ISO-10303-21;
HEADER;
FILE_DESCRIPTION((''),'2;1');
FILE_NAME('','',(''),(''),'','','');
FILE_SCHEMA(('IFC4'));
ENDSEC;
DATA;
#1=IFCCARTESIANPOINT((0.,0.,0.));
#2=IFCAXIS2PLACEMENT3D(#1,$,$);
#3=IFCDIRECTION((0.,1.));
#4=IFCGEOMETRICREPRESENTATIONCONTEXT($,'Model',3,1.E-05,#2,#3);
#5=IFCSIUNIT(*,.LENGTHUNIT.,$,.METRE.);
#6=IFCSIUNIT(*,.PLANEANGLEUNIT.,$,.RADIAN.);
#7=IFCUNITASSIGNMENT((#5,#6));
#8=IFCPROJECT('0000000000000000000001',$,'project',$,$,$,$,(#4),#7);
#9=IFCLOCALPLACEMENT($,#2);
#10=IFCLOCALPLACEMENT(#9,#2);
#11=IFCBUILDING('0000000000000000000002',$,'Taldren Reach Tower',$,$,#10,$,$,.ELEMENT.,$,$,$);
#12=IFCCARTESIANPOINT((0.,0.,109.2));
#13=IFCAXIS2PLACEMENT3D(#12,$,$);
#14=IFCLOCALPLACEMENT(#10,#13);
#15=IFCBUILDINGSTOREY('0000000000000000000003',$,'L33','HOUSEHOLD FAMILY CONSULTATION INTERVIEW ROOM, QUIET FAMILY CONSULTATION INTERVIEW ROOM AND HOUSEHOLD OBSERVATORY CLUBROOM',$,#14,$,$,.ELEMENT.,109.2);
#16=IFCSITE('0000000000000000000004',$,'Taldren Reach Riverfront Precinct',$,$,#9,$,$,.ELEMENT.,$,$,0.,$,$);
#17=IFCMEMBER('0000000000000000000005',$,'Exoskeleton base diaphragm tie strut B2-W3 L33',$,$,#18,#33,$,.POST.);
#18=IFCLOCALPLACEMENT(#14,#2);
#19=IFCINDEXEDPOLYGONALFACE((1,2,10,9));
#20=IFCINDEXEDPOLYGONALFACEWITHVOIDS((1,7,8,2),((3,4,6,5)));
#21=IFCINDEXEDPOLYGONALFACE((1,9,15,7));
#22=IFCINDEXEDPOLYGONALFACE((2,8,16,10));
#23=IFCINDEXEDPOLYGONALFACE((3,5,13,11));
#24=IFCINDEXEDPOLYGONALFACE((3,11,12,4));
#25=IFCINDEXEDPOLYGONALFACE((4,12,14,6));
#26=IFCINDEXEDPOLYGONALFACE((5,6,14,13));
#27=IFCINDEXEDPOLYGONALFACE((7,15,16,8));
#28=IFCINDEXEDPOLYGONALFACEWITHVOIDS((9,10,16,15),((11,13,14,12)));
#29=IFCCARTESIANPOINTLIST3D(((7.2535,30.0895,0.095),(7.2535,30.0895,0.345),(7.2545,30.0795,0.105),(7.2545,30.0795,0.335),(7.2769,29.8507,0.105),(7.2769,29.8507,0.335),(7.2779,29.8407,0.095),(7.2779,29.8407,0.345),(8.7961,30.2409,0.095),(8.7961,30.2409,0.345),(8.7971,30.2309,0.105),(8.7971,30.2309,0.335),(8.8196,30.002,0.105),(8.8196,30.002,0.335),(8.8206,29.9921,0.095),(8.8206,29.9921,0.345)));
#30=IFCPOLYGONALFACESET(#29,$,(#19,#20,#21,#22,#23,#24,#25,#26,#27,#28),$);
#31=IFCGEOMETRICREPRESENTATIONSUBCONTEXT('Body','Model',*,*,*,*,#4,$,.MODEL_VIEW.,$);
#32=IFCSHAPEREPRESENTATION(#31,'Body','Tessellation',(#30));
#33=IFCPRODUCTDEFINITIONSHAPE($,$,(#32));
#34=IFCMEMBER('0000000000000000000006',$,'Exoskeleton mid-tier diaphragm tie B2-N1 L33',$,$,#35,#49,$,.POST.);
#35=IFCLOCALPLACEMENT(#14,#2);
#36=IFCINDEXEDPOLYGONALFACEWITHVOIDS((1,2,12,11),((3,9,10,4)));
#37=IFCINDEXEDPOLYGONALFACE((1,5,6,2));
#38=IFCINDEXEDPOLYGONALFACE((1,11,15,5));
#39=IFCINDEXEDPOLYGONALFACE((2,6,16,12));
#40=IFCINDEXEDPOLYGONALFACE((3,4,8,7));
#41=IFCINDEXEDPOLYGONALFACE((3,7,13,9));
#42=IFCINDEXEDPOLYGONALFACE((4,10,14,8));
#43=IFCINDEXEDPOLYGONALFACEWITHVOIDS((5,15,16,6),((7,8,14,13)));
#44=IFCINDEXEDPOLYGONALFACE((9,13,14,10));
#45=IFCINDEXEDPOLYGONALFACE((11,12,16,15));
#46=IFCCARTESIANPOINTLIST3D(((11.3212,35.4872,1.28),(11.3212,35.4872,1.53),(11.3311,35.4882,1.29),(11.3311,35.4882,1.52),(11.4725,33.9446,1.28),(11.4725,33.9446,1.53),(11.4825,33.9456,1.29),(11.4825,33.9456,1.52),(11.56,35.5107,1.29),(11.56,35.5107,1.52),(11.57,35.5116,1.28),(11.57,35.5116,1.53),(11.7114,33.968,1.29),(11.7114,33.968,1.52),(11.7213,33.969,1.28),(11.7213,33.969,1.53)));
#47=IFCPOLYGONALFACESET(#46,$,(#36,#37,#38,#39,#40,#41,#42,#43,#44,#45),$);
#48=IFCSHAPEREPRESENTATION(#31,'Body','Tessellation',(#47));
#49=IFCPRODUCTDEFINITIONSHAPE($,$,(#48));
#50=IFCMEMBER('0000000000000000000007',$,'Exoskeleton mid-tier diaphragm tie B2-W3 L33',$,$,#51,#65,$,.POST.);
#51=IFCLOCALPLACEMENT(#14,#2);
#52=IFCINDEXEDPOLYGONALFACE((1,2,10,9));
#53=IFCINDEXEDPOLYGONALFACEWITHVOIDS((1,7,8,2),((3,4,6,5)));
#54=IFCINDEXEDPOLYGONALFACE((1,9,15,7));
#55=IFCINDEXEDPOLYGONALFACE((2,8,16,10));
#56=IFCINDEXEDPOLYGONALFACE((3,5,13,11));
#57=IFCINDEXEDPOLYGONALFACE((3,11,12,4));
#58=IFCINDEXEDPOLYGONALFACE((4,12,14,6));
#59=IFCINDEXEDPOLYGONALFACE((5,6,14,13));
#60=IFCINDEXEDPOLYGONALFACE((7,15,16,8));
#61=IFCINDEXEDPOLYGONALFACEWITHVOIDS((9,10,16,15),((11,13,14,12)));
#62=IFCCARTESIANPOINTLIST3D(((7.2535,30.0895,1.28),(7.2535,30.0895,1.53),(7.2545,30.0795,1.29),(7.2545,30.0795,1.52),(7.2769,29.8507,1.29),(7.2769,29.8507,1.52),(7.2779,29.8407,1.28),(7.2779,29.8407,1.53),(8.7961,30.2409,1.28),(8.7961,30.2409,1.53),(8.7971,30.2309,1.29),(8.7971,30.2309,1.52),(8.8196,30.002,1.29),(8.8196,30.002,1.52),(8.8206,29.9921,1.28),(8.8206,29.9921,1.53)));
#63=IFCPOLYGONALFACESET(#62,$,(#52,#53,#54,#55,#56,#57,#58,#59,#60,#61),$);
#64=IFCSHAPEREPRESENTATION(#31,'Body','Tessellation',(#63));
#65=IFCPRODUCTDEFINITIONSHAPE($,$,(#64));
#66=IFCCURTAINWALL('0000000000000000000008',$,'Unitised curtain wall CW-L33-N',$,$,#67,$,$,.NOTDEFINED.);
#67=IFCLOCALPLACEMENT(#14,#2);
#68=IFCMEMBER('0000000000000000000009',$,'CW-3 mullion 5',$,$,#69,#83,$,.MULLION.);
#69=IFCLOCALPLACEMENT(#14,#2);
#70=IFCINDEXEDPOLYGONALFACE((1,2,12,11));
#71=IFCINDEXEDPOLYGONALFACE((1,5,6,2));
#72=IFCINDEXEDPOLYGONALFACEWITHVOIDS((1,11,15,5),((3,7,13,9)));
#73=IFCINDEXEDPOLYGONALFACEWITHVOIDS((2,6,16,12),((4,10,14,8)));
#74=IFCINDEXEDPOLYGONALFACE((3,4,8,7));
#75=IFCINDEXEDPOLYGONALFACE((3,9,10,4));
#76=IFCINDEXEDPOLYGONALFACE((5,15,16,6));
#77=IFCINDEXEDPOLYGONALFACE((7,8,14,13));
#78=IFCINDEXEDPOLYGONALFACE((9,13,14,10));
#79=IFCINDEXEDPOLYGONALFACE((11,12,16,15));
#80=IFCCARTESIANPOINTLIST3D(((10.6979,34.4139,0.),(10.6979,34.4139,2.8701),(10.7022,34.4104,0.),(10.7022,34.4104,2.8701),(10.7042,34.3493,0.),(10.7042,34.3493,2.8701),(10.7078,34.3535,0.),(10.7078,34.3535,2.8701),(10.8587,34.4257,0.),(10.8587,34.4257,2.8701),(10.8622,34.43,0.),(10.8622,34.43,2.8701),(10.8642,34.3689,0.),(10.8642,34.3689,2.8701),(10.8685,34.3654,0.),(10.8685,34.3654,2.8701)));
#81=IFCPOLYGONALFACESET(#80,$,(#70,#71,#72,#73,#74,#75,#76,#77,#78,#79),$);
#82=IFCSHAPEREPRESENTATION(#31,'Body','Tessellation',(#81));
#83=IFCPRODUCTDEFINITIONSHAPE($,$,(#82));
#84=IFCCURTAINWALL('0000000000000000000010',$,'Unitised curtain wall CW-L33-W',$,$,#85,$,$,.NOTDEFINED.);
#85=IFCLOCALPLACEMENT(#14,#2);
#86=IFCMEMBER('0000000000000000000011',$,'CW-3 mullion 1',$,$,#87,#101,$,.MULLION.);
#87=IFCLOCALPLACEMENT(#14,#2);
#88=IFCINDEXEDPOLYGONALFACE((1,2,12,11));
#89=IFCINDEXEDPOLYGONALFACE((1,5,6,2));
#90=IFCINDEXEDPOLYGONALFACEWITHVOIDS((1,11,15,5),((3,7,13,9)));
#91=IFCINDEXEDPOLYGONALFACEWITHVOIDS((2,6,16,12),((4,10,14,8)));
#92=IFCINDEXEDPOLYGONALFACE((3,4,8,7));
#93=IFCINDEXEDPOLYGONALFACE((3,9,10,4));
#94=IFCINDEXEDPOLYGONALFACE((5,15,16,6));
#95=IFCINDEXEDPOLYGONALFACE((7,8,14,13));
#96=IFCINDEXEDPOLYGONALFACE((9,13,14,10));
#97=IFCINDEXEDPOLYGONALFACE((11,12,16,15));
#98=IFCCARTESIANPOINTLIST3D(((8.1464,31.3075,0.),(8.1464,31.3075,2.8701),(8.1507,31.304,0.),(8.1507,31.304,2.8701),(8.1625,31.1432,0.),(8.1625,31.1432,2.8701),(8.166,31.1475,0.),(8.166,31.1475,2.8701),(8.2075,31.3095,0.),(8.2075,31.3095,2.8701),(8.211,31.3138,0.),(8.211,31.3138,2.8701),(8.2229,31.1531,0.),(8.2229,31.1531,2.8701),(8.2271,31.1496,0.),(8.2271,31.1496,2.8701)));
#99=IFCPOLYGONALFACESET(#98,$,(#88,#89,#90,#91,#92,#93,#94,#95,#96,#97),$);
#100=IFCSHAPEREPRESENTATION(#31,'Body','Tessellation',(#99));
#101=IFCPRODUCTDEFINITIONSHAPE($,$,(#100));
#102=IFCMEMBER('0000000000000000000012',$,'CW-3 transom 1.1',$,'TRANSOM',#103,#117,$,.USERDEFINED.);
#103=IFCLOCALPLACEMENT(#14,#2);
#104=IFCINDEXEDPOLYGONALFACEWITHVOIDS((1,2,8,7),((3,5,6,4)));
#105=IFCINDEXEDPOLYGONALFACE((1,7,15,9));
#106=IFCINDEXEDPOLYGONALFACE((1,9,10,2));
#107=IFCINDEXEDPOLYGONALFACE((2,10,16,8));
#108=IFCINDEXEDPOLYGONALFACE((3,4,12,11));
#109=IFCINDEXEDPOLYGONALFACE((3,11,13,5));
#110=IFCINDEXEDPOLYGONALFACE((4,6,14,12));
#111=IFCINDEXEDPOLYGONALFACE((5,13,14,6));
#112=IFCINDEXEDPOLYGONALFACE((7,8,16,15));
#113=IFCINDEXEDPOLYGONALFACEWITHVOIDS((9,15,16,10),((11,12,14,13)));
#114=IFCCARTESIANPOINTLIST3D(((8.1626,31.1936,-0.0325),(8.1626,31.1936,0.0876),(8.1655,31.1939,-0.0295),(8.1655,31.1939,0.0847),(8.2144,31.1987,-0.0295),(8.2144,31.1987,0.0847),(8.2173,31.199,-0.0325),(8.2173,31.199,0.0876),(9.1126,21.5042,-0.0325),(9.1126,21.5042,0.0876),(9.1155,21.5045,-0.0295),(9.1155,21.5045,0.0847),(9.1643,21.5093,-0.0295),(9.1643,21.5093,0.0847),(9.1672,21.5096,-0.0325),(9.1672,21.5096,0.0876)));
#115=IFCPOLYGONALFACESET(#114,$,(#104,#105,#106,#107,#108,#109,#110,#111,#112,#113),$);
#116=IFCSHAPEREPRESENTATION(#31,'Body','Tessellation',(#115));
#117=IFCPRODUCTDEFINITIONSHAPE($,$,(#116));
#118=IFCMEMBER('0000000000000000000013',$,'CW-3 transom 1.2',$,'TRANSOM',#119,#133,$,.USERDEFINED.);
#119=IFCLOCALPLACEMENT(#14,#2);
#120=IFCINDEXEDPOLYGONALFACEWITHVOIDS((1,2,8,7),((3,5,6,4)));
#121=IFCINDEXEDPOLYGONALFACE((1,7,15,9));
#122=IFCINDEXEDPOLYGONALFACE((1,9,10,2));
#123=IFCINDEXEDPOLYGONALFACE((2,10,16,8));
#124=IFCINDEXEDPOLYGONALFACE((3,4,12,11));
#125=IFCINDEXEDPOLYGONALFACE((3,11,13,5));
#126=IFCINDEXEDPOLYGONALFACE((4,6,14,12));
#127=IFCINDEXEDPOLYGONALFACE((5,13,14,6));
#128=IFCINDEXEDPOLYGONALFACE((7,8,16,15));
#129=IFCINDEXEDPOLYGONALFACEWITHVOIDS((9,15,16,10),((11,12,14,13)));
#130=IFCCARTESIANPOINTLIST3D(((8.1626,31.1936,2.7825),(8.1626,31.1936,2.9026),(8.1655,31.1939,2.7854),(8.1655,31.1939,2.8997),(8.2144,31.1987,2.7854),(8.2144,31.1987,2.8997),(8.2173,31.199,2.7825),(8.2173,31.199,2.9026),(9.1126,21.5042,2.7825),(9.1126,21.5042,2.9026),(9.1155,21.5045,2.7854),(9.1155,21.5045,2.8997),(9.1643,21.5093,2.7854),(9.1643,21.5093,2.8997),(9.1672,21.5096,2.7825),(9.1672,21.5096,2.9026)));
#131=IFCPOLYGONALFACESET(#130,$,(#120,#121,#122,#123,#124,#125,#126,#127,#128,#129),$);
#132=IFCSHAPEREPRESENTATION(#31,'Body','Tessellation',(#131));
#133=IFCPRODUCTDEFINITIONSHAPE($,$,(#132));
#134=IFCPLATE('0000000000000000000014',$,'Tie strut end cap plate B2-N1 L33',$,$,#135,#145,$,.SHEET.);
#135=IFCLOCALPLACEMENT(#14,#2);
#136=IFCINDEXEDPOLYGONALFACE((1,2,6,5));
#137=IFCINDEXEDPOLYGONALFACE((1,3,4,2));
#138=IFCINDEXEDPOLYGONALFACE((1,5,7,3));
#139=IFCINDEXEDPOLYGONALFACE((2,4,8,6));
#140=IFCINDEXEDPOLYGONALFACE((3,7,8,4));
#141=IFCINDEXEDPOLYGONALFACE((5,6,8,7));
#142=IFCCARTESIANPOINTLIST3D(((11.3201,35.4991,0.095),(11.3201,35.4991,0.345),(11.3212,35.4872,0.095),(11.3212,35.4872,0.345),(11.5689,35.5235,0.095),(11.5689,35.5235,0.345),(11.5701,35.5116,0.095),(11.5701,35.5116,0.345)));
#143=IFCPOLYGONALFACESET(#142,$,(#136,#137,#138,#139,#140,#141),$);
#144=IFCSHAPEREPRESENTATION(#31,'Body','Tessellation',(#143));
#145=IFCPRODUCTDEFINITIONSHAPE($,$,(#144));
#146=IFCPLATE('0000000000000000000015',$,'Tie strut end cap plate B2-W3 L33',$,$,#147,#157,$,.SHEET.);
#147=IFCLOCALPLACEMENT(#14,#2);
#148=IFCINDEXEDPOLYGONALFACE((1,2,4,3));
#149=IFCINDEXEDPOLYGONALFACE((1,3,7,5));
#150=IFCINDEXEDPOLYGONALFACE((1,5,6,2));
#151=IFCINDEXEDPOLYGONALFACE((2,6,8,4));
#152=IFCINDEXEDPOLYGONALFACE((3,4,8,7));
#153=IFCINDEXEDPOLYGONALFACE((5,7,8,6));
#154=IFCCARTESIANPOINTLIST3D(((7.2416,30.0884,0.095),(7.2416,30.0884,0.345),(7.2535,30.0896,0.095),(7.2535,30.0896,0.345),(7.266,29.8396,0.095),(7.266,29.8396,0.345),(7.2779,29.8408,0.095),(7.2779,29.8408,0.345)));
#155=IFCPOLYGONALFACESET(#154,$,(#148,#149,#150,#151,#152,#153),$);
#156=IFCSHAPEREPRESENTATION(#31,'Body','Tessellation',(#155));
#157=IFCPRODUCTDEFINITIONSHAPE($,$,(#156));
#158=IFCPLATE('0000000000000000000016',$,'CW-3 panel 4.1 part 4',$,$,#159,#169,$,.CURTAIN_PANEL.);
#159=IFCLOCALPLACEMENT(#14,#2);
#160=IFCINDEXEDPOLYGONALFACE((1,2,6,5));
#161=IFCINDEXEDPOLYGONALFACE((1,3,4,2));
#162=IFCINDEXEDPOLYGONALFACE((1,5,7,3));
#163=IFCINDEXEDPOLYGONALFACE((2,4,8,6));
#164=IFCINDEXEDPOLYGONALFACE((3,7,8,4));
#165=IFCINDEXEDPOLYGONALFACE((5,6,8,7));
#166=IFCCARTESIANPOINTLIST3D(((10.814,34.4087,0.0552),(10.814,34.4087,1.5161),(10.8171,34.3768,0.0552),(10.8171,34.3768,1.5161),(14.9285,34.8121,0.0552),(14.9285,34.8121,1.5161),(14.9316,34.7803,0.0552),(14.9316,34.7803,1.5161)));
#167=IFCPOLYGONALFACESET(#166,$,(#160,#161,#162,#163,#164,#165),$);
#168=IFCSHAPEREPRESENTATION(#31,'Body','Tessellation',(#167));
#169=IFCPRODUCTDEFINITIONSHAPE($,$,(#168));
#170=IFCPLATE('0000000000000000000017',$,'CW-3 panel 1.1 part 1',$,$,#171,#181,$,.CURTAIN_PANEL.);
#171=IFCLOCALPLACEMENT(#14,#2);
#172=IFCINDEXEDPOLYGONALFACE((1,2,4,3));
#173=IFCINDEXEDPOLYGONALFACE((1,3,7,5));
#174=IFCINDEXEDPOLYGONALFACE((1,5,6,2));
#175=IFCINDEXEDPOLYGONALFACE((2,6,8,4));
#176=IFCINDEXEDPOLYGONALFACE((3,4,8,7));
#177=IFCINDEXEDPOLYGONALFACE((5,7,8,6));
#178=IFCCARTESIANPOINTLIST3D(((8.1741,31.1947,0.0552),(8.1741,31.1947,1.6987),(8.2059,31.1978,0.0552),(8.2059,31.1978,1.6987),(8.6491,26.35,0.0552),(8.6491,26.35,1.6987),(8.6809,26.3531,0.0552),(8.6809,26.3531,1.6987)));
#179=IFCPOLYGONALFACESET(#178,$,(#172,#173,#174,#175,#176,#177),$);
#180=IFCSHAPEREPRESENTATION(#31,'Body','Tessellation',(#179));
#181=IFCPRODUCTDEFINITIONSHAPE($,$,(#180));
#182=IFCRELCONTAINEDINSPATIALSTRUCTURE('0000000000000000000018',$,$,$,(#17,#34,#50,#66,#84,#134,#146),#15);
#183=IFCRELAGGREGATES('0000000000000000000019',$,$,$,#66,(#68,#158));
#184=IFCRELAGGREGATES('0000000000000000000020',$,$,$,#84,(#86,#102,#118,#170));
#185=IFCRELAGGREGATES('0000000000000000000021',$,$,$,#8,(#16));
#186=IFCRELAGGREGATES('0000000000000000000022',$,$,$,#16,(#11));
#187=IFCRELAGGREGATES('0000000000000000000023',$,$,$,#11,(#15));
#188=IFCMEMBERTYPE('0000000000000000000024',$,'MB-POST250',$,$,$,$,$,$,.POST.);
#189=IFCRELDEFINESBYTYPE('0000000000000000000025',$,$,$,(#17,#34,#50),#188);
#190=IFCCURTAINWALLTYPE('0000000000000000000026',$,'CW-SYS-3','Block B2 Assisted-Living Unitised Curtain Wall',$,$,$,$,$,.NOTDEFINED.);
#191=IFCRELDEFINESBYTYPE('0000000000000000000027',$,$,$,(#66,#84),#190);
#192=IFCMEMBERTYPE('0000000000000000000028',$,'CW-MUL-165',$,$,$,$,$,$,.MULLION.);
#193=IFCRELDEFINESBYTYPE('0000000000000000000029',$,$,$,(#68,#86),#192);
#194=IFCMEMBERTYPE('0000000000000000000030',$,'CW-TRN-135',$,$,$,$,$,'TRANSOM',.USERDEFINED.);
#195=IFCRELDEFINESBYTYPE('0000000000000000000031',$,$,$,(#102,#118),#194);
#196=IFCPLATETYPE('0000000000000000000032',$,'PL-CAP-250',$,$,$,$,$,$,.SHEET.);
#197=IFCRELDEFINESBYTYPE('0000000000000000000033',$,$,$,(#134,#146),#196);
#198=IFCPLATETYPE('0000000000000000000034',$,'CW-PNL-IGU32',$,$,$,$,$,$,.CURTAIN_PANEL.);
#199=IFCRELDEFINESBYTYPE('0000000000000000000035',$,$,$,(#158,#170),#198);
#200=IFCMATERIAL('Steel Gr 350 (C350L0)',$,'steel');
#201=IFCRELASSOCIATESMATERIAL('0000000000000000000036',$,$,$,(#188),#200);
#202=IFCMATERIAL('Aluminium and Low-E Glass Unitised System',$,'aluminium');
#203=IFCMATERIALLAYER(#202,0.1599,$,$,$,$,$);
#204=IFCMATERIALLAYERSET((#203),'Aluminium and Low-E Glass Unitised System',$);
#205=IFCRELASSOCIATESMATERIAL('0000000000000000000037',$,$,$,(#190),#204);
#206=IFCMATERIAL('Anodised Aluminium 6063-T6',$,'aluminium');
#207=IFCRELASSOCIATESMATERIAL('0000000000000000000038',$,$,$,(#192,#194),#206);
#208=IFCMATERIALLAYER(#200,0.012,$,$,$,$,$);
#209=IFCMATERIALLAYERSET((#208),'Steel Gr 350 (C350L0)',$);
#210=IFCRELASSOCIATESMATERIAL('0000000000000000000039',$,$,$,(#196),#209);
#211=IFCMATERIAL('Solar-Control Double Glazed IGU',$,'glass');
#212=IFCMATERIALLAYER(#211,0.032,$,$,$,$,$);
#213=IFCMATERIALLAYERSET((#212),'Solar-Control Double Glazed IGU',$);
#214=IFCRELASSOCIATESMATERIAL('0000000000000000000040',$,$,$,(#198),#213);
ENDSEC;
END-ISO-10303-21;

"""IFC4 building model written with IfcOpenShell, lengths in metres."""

from ifc_helpers import new_model, si_unit, direction, frame, origin, origin_2d, place, context, subcontext, project, spatial, rectangle, hollow_rectangle, extrude, source, transform, mapped, material, layer, layer_set, material_profile, profile_set, type_object, element, aggregate, save


model = new_model("IFC4")

# Units and contexts
model_context = context("Model", 3, precision=1e-05, world=origin(), true_north=direction((0.0, 1.0)))
body_context = subcontext(model_context, "Body", "Model", "MODEL_VIEW")
ifc_project = project(units=[si_unit("LENGTHUNIT", "METRE"), si_unit("PLANEANGLEUNIT", "RADIAN")], contexts=[model_context])

# Site, building, storey
site_placement = place(None, origin())
site = spatial("IfcSite", under=ifc_project, at=site_placement, Name="Taldren Reach Riverfront Precinct", CompositionType="ELEMENT", RefElevation=0.0)
building_placement = place(site_placement, origin())
building = spatial("IfcBuilding", under=site, at=building_placement, Name="Taldren Reach Tower", CompositionType="ELEMENT")
storey_placement = place(building_placement, frame((0.0, 0.0, 109.2)))
storey = spatial("IfcBuildingStorey", under=building, at=storey_placement, Name="L33", Description="HOUSEHOLD FAMILY CONSULTATION INTERVIEW ROOM, QUIET FAMILY CONSULTATION INTERVIEW ROOM AND HOUSEHOLD OBSERVATORY CLUBROOM", CompositionType="ELEMENT", Elevation=109.2)

# Members
ifc_material_1 = material(Name="Steel Gr 350 (C350L0)", Category="steel")
ifc_material_profile_1 = material_profile(ifc_material_1, hollow_rectangle(XDim=0.25, YDim=0.25, WallThickness=0.01, at=origin_2d()), Name="250x250x10.0SHS")
ifc_profile_set_1 = profile_set([ifc_material_profile_1], Name="Steel Gr 350 (C350L0)")
member_type_1 = type_object("IfcMemberType", Name="MB-POST250", PredefinedType="POST", material=ifc_profile_set_1)
shared_shape_1 = source(origin(), body_context, "Body", "SweptSolid", [
    extrude(hollow_rectangle(XDim=0.25, YDim=0.25, WallThickness=0.01, at=origin_2d()), origin(), (0.0, 0.0, 1.0), 1.55),
])
for number, where, z_axis, x_axis, name in (
    (1, (8.8083, 30.1165, 0.22), (-0.995221, -0.097648, 0.0), (0.097648, -0.995221, 0.0), "Exoskeleton base diaphragm tie strut B2-W3 L33"),
    (2, (11.5969, 33.9568, 1.405), (-0.097648, 0.995221, 0.0), (-0.995221, -0.097648, 0.0), "Exoskeleton mid-tier diaphragm tie B2-N1 L33"),
    (3, (8.8083, 30.1165, 1.405), (-0.995221, -0.097648, 0.0), (0.097648, -0.995221, 0.0), "Exoskeleton mid-tier diaphragm tie B2-W3 L33"),
):
    element("IfcMember", number, at=place(storey_placement, frame(where, z_axis=z_axis, x_axis=x_axis)), inside=storey, type_object=member_type_1, Name=name, PredefinedType="POST", context=body_context, shape_type="MappedRepresentation", body=[
        mapped(shared_shape_1, transform((0.0, 0.0, 0.0), scale=1.0)),
    ])

# Curtain wall, member
ifc_material_2 = material(Name="Aluminium and Low-E Glass Unitised System", Category="aluminium")
ifc_layer_1 = layer(ifc_material_2, 0.1599)
ifc_layer_set_1 = layer_set([ifc_layer_1], Name="Aluminium and Low-E Glass Unitised System")
curtain_wall_type = type_object("IfcCurtainWallType", Name="CW-SYS-3", Description="Block B2 Assisted-Living Unitised Curtain Wall", PredefinedType="NOTDEFINED", material=ifc_layer_set_1)
curtain_wall_1_placement = place(storey_placement, origin())
curtain_wall_1 = element("IfcCurtainWall", 4, at=curtain_wall_1_placement, inside=storey, type_object=curtain_wall_type, Name="Unitised curtain wall CW-L33-N", PredefinedType="NOTDEFINED")
ifc_material_3 = material(Name="Anodised Aluminium 6063-T6", Category="aluminium")
ifc_material_profile_2 = material_profile(ifc_material_3, hollow_rectangle(XDim=0.0649, YDim=0.165, WallThickness=0.0039, at=origin_2d()), Name="ALU-165x65x4RHS")
ifc_profile_set_2 = profile_set([ifc_material_profile_2], Name="Anodised Aluminium 6063-T6")
member_type_2 = type_object("IfcMemberType", Name="CW-MUL-165", PredefinedType="MULLION", material=ifc_profile_set_2)
shared_shape_2 = source(origin(), body_context, "Body", "SweptSolid", [
    extrude(hollow_rectangle(XDim=0.0649, YDim=0.165, WallThickness=0.0039, at=origin_2d()), origin(), (0.0, 0.0, 1.0), 2.8701),
])
member_1_placement = place(storey_placement, frame((10.7832, 34.3896, 0.0), z_axis=(0.0, 0.0, 1.0), x_axis=(0.097583, -0.995227, 0.0)))
member_1 = element("IfcMember", 5, at=member_1_placement, type_object=member_type_2, Name="CW-3 mullion 5", PredefinedType="MULLION", context=body_context, shape_type="MappedRepresentation", body=[
    mapped(shared_shape_2, transform((0.0, 0.0, 0.0), scale=1.0)),
])

# Curtain wall, members
curtain_wall_2_placement = place(storey_placement, origin())
curtain_wall_2 = element("IfcCurtainWall", 6, at=curtain_wall_2_placement, inside=storey, type_object=curtain_wall_type, Name="Unitised curtain wall CW-L33-W", PredefinedType="NOTDEFINED")
member_2_placement = place(storey_placement, frame((8.1868, 31.2285, 0.0), z_axis=(0.0, 0.0, 1.0), x_axis=(0.995227, 0.097583, 0.0)))
member_2 = element("IfcMember", 7, at=member_2_placement, type_object=member_type_2, Name="CW-3 mullion 1", PredefinedType="MULLION", context=body_context, shape_type="MappedRepresentation", body=[
    mapped(shared_shape_2, transform((0.0, 0.0, 0.0), scale=1.0)),
])
ifc_material_profile_3 = material_profile(ifc_material_3, hollow_rectangle(XDim=0.0549, YDim=0.1201, WallThickness=0.0029, at=origin_2d()), Name="ALU-120x55x3RHS")
ifc_profile_set_3 = profile_set([ifc_material_profile_3], Name="Anodised Aluminium 6063-T6")
member_type_3 = type_object("IfcMemberType", Name="CW-TRN-135", ElementType="TRANSOM", PredefinedType="USERDEFINED", material=ifc_profile_set_3)
shared_shape_3 = source(origin(), body_context, "Body", "SweptSolid", [
    extrude(hollow_rectangle(XDim=0.0549, YDim=0.1201, WallThickness=0.0029, at=origin_2d()), origin(), (0.0, 0.0, 1.0), 9.7358),
])
member_3_placement = place(storey_placement, frame((8.1899, 31.1963, 0.0276), z_axis=(0.097572, -0.995228, 0.0), x_axis=(0.995228, 0.097572, 0.0)))
member_3 = element("IfcMember", 8, at=member_3_placement, type_object=member_type_3, Name="CW-3 transom 1.1", ObjectType="TRANSOM", PredefinedType="USERDEFINED", context=body_context, shape_type="MappedRepresentation", body=[
    mapped(shared_shape_3, transform((0.0, 0.0, 0.0), scale=1.0)),
])
member_4_placement = place(storey_placement, frame((8.1899, 31.1963, 2.8425), z_axis=(0.097572, -0.995228, 0.0), x_axis=(0.995228, 0.097572, 0.0)))
member_4 = element("IfcMember", 9, at=member_4_placement, type_object=member_type_3, Name="CW-3 transom 1.2", ObjectType="TRANSOM", PredefinedType="USERDEFINED", context=body_context, shape_type="MappedRepresentation", body=[
    mapped(shared_shape_3, transform((0.0, 0.0, 0.0), scale=1.0)),
])

# Plates
ifc_layer_2 = layer(ifc_material_1, 0.012)
ifc_layer_set_2 = layer_set([ifc_layer_2], Name="Steel Gr 350 (C350L0)")
plate_type_1 = type_object("IfcPlateType", Name="PL-CAP-250", PredefinedType="SHEET", material=ifc_layer_set_2)
shared_shape_4 = source(origin(), body_context, "Body", "SweptSolid", [
    extrude(rectangle(XDim=0.25, YDim=0.012, at=origin_2d()), origin(), (0.0, 0.0, 1.0), 0.25),
])
plate_1_placement = place(storey_placement, frame((11.4451, 35.5054, 0.095), z_axis=(0.0, 0.0, 1.0), x_axis=(0.995227, 0.097583, 0.0)))
element("IfcPlate", 10, at=plate_1_placement, inside=storey, type_object=plate_type_1, Name="Tie strut end cap plate B2-N1 L33", PredefinedType="SHEET", context=body_context, shape_type="MappedRepresentation", body=[
    mapped(shared_shape_4, transform((0.0, 0.0, 0.0), scale=1.0)),
])
shared_shape_5 = source(origin(), body_context, "Body", "SweptSolid", [
    extrude(rectangle(XDim=0.012, YDim=0.25, at=origin_2d()), origin(), (0.0, 0.0, 1.0), 0.25),
])
plate_2_placement = place(storey_placement, frame((7.2598, 29.9646, 0.095), z_axis=(0.0, 0.0, 1.0), x_axis=(0.995227, 0.097583, 0.0)))
element("IfcPlate", 11, at=plate_2_placement, inside=storey, type_object=plate_type_1, Name="Tie strut end cap plate B2-W3 L33", PredefinedType="SHEET", context=body_context, shape_type="MappedRepresentation", body=[
    mapped(shared_shape_5, transform((0.0, 0.0, 0.0), scale=1.0)),
])

# Plates
ifc_material_4 = material(Name="Solar-Control Double Glazed IGU", Category="glass")
ifc_layer_3 = layer(ifc_material_4, 0.032)
ifc_layer_set_3 = layer_set([ifc_layer_3], Name="Solar-Control Double Glazed IGU")
plate_type_2 = type_object("IfcPlateType", Name="CW-PNL-IGU32", PredefinedType="CURTAIN_PANEL", material=ifc_layer_set_3)
shared_shape_6 = source(origin(), body_context, "Body", "SweptSolid", [
    extrude(rectangle(XDim=4.1343, YDim=0.032, at=origin_2d()), origin(), (0.0, 0.0, 1.0), 1.4609),
])
plate_3_placement = place(storey_placement, frame((12.8728, 34.5945, 0.0552), z_axis=(0.0, 0.0, 1.0), x_axis=(-0.995227, -0.097583, 0.0)))
plate_3 = element("IfcPlate", 12, at=plate_3_placement, type_object=plate_type_2, Name="CW-3 panel 4.1 part 4", PredefinedType="CURTAIN_PANEL", context=body_context, shape_type="MappedRepresentation", body=[
    mapped(shared_shape_6, transform((0.0, 0.0, 0.0), scale=1.0)),
])
aggregate(curtain_wall_1, [member_1, plate_3])
shared_shape_7 = source(origin(), body_context, "Body", "SweptSolid", [
    extrude(rectangle(XDim=4.8679, YDim=0.032, at=origin_2d()), origin(), (0.0, 0.0, 1.0), 1.6436),
])
plate_4_placement = place(storey_placement, frame((8.4275, 28.7739, 0.0552), z_axis=(0.0, 0.0, 1.0), x_axis=(0.097583, -0.995227, 0.0)))
plate_4 = element("IfcPlate", 13, at=plate_4_placement, type_object=plate_type_2, Name="CW-3 panel 1.1 part 1", PredefinedType="CURTAIN_PANEL", context=body_context, shape_type="MappedRepresentation", body=[
    mapped(shared_shape_7, transform((0.0, 0.0, 0.0), scale=1.0)),
])
aggregate(curtain_wall_2, [member_2, member_3, member_4, plate_4])

save(model, "model.ifc")
